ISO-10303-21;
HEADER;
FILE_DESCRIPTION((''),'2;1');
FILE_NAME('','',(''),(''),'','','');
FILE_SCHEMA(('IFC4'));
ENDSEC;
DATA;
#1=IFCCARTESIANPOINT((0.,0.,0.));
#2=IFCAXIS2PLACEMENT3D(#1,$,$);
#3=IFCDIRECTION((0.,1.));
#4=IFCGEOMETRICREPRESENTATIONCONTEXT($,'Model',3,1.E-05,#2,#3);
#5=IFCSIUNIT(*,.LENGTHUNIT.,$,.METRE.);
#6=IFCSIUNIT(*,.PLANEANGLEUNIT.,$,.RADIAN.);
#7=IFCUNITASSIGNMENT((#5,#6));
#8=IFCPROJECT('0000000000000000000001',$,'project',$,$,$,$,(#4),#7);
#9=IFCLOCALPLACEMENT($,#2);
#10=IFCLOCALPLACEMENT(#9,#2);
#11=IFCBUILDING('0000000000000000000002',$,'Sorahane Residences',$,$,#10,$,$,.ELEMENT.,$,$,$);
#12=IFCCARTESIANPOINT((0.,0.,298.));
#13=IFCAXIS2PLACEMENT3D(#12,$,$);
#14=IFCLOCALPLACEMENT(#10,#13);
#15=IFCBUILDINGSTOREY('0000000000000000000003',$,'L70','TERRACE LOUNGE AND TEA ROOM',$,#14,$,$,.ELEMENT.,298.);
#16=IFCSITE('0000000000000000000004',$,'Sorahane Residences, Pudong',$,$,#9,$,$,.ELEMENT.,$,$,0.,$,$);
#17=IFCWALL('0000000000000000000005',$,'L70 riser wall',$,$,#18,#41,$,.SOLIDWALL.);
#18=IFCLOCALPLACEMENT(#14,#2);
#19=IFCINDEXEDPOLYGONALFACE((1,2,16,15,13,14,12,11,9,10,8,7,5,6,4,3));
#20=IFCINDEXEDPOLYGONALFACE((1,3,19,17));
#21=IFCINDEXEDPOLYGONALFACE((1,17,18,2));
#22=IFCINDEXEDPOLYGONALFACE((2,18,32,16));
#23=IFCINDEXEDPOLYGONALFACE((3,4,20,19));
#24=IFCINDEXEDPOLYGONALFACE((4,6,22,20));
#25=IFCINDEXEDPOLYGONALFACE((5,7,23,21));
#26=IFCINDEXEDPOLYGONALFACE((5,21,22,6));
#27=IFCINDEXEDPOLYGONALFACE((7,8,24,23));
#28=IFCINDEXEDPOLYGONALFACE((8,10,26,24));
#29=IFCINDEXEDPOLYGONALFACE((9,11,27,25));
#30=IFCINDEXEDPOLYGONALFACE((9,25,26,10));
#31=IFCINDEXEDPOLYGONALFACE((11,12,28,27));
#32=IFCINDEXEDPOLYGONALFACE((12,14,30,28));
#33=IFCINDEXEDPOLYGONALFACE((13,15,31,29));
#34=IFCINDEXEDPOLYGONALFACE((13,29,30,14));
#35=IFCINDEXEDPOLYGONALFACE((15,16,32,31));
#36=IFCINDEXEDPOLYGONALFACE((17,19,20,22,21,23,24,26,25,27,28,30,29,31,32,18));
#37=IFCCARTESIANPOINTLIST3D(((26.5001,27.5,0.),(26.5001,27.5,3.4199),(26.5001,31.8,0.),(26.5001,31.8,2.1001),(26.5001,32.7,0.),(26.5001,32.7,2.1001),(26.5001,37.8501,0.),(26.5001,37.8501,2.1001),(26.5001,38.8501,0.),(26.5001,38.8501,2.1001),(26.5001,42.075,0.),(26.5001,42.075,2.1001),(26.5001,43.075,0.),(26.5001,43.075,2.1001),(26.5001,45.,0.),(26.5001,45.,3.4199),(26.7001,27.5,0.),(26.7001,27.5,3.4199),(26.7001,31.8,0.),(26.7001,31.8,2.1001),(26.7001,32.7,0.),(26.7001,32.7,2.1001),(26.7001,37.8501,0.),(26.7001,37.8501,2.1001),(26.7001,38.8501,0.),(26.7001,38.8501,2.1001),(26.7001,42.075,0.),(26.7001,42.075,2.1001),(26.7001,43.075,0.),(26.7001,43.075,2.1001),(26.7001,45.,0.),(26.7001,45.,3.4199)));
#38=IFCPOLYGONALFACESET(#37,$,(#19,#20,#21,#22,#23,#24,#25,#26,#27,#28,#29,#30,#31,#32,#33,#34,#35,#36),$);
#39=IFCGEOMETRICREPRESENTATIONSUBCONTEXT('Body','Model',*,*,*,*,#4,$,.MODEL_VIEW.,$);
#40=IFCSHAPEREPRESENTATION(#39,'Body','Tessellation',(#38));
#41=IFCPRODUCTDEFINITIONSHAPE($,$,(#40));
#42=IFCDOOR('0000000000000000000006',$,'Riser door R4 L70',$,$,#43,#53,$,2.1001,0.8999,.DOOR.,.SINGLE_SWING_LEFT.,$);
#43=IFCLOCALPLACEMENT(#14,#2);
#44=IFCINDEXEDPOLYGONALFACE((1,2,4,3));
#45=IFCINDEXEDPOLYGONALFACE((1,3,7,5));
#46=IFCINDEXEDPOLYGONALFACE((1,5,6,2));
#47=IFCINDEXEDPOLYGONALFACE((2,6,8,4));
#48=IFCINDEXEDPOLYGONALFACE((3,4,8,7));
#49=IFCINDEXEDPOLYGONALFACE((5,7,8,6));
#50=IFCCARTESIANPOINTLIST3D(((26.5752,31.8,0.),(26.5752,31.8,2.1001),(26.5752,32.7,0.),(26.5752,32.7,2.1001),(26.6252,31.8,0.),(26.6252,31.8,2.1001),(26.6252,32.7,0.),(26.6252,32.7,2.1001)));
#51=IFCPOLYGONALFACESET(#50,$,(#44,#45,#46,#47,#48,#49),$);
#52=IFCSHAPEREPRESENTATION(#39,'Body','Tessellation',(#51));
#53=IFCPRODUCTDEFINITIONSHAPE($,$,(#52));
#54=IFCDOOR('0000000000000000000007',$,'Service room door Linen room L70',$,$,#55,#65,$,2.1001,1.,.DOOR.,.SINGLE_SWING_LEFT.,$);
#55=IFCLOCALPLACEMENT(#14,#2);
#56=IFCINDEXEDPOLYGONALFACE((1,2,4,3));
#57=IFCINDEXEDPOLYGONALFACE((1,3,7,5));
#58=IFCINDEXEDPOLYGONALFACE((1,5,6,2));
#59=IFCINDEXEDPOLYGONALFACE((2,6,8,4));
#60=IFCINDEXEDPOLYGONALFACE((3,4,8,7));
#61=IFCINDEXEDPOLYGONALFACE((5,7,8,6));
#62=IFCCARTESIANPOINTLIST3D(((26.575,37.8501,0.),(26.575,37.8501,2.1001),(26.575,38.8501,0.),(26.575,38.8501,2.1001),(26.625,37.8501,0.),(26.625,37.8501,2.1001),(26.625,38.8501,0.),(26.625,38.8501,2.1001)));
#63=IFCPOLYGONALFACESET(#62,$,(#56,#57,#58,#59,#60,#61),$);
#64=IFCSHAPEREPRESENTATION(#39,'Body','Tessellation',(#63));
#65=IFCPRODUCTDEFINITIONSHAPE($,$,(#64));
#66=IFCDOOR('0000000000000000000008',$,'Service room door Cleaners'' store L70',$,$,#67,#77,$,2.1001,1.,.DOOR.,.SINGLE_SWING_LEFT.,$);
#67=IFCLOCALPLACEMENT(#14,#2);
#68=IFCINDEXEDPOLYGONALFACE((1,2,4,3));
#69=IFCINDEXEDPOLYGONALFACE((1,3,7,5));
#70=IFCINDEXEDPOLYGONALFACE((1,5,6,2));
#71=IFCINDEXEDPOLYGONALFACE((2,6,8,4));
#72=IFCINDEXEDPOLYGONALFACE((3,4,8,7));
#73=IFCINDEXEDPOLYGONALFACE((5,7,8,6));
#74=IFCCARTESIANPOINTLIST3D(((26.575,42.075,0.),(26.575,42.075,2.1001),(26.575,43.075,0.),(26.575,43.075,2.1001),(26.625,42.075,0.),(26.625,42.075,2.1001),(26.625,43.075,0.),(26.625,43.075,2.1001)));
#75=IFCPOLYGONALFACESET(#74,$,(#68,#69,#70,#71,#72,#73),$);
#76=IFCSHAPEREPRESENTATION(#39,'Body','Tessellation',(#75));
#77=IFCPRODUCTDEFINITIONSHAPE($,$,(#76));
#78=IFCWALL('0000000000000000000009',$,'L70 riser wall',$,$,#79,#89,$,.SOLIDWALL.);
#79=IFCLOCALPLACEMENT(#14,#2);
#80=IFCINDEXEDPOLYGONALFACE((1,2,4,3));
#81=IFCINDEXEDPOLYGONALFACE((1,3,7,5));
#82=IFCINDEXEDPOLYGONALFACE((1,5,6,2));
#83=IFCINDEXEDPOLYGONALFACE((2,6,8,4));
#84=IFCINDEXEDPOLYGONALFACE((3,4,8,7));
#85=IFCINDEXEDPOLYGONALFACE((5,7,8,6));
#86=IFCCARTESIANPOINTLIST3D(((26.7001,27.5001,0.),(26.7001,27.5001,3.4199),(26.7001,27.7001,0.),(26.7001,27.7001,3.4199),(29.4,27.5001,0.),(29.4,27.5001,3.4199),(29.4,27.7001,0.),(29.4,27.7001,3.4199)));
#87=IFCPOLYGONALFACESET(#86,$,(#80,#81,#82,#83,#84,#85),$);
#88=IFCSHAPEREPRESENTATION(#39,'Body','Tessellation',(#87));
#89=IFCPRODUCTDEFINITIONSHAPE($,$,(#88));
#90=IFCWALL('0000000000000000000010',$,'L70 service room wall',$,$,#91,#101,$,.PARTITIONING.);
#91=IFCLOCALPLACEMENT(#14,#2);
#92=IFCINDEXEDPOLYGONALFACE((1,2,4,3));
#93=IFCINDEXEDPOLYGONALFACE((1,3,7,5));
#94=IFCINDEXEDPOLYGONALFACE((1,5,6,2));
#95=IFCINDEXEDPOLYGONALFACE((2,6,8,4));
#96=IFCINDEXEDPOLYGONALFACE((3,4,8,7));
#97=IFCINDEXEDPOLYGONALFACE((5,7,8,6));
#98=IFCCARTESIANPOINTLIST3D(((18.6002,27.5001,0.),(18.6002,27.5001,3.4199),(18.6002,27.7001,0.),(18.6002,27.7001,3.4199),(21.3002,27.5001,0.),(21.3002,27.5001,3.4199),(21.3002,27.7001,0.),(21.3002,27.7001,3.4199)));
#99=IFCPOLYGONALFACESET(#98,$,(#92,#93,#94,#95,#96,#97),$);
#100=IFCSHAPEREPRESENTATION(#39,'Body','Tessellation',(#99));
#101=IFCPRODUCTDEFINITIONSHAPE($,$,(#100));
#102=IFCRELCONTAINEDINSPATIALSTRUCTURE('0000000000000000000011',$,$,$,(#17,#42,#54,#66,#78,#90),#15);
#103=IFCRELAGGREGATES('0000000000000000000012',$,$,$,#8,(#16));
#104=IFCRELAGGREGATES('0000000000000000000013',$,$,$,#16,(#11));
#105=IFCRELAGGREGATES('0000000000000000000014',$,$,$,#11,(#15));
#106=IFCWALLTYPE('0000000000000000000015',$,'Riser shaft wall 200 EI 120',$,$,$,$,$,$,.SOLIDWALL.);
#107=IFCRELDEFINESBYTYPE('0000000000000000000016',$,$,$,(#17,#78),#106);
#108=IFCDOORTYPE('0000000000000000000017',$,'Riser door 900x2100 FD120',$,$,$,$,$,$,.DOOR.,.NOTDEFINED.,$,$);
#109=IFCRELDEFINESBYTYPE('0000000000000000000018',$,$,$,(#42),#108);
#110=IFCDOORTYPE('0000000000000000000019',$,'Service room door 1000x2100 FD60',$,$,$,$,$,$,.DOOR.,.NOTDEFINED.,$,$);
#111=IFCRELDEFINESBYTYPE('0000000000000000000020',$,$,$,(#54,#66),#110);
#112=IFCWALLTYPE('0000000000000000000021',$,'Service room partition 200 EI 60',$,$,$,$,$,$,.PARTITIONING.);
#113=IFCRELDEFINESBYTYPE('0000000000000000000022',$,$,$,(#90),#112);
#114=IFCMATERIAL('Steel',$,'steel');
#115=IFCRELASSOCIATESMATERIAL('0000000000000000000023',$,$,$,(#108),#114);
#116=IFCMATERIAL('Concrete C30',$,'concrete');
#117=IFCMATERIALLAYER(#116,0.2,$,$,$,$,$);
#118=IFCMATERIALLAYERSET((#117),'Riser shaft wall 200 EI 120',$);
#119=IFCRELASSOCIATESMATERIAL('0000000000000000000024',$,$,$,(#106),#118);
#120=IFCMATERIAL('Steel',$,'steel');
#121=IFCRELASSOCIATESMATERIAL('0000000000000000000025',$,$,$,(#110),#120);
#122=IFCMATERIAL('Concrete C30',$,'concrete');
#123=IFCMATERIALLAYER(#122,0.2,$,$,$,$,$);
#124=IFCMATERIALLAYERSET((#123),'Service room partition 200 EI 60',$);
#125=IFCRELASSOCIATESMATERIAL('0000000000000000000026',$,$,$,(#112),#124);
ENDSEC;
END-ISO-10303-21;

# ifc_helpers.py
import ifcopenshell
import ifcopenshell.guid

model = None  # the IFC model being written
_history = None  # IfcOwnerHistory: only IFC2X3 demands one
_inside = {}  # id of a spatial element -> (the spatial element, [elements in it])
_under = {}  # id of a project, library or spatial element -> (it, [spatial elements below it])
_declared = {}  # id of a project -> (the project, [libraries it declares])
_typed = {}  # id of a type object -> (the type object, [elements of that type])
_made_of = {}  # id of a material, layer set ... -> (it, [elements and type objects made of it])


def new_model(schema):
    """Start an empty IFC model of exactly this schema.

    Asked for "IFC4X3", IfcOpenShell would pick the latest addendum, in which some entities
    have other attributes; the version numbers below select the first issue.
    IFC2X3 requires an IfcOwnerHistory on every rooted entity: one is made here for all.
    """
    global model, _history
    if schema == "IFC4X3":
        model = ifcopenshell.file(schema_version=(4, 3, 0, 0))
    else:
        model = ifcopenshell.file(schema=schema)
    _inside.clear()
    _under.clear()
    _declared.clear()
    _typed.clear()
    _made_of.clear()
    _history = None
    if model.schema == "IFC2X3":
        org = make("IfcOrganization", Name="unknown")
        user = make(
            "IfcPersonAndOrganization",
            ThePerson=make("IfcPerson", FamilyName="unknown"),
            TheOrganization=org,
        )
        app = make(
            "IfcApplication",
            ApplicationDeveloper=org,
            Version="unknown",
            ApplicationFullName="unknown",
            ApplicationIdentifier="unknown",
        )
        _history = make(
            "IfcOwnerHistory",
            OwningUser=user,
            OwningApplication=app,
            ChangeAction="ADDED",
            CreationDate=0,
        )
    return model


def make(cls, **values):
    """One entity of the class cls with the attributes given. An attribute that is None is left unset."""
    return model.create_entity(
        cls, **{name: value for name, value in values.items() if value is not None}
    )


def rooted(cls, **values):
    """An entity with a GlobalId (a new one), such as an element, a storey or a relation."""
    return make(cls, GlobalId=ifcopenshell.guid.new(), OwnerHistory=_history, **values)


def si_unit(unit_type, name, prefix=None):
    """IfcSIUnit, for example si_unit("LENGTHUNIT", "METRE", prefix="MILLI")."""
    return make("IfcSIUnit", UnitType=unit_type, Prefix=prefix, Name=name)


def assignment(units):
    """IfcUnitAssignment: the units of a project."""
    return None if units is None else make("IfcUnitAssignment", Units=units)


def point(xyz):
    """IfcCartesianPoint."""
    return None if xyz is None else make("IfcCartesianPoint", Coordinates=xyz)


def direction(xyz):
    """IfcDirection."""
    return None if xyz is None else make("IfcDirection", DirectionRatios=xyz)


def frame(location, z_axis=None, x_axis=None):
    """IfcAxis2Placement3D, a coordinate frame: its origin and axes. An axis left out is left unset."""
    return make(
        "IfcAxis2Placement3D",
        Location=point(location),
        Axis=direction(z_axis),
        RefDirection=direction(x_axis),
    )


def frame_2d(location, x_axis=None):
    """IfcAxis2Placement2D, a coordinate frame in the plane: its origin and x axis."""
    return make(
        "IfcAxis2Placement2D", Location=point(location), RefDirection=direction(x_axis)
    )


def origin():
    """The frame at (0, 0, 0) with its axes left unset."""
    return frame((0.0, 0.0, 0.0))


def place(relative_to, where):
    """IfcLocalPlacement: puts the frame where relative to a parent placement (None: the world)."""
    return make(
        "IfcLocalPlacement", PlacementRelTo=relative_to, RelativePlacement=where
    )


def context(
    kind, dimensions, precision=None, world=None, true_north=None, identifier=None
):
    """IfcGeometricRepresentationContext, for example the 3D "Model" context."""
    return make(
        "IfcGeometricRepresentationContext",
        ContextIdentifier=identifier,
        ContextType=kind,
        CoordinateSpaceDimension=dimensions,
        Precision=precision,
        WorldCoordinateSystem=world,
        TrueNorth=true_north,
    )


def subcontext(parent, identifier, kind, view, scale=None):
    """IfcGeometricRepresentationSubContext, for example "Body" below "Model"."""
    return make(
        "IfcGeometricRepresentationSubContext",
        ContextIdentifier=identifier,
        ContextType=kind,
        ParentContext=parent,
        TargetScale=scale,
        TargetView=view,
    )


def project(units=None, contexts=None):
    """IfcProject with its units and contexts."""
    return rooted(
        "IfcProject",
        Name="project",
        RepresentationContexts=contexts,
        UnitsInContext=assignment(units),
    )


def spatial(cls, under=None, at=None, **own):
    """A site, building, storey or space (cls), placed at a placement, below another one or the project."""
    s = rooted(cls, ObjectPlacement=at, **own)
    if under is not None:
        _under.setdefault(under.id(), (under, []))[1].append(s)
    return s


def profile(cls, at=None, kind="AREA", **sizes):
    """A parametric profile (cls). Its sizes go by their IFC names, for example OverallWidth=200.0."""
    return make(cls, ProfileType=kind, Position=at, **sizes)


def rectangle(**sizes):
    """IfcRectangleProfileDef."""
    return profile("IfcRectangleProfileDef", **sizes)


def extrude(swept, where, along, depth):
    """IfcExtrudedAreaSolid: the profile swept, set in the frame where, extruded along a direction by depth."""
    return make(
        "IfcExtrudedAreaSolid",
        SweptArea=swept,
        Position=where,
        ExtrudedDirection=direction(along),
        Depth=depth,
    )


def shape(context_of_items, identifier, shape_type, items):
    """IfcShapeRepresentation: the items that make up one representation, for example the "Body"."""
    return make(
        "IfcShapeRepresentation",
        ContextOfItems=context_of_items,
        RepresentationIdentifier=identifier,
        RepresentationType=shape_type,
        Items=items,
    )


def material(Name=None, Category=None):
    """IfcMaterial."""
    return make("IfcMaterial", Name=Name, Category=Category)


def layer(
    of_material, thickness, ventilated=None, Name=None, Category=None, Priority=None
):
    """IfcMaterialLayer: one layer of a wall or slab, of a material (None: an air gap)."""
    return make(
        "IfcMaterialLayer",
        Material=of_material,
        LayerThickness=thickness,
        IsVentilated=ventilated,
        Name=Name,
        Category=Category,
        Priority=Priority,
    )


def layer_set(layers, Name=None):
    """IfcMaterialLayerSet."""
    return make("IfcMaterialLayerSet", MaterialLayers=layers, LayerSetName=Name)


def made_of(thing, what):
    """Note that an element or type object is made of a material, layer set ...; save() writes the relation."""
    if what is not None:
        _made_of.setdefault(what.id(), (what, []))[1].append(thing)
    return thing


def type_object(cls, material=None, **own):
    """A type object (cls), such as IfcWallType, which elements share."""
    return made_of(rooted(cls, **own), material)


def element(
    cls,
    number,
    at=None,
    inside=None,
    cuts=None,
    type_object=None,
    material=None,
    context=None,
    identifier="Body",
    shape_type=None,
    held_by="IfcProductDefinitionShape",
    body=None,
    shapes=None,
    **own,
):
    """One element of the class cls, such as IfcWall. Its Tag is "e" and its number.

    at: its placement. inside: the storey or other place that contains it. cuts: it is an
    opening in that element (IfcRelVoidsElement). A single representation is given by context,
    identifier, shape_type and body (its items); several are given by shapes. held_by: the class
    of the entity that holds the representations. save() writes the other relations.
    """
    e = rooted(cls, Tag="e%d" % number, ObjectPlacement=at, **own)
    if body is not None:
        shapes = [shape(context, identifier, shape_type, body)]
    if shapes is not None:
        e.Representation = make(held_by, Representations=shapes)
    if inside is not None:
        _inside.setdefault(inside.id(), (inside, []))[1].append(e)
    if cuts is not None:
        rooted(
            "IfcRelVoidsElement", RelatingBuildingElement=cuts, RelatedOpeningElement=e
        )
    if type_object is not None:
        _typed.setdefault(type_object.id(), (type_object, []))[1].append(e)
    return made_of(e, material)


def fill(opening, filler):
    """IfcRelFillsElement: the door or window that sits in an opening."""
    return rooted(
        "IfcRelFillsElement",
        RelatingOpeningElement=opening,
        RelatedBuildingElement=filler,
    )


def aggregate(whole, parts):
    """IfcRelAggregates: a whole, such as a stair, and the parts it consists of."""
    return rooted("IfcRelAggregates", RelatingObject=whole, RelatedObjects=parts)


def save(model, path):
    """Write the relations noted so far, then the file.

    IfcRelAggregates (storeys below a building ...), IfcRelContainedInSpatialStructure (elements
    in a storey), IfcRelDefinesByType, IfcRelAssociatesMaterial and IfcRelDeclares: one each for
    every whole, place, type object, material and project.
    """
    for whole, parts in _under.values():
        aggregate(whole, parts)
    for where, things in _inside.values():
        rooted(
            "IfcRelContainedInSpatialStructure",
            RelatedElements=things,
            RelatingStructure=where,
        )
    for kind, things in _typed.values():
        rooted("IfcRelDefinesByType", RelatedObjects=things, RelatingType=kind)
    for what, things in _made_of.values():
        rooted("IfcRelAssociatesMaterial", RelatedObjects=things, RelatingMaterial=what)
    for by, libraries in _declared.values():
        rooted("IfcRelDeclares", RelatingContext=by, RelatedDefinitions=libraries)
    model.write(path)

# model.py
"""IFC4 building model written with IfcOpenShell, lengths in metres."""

from ifc_helpers import new_model, si_unit, direction, frame, frame_2d, origin, place, context, subcontext, project, spatial, rectangle, extrude, material, layer, layer_set, type_object, element, fill, save


model = new_model("IFC4")

# Units and contexts
model_context = context("Model", 3, precision=1e-05, world=origin(), true_north=direction((0.0, 1.0)))
body_context = subcontext(model_context, "Body", "Model", "MODEL_VIEW")
ifc_project = project(units=[si_unit("LENGTHUNIT", "METRE"), si_unit("PLANEANGLEUNIT", "RADIAN")], contexts=[model_context])

# Site, building, storey
site_placement = place(None, origin())
site = spatial("IfcSite", under=ifc_project, at=site_placement, Name="Sorahane Residences, Pudong", CompositionType="ELEMENT", RefElevation=0.0)
building_placement = place(site_placement, origin())
building = spatial("IfcBuilding", under=site, at=building_placement, Name="Sorahane Residences", CompositionType="ELEMENT")
storey_placement = place(building_placement, frame((0.0, 0.0, 298.0)))
storey = spatial("IfcBuildingStorey", under=building, at=storey_placement, Name="L70", Description="TERRACE LOUNGE AND TEA ROOM", CompositionType="ELEMENT", Elevation=298.0)

# Shared definitions
ifc_material_1 = material(Name="Steel", Category="steel")
door_type_1 = type_object("IfcDoorType", Name="Riser door 900x2100 FD120", OperationType="NOTDEFINED", PredefinedType="DOOR", material=ifc_material_1)

# Wall, openings, doors
ifc_material_2 = material(Name="Concrete C30", Category="concrete")
ifc_layer_1 = layer(ifc_material_2, 0.2)
ifc_layer_set_1 = layer_set([ifc_layer_1], Name="Riser shaft wall 200 EI 120")
wall_type_1 = type_object("IfcWallType", Name="Riser shaft wall 200 EI 120", PredefinedType="SOLIDWALL", material=ifc_layer_set_1)
wall_1_placement = place(storey_placement, frame((26.6001, 27.5, 0.0), z_axis=(0.0, 0.0, 1.0), x_axis=(0.0, 1.0, 0.0)))
wall_1 = element("IfcWall", 1, at=wall_1_placement, inside=storey, type_object=wall_type_1, Name="L70 riser wall", PredefinedType="SOLIDWALL", context=body_context, shape_type="SweptSolid", body=[
    extrude(rectangle(XDim=17.5, YDim=0.2, at=frame_2d((8.75, 0.0))), origin(), (0.0, 0.0, 1.0), 3.4199),
])
opening_1_placement = place(wall_1_placement, frame((4.3, 0.0, 0.0)))
opening_1 = element("IfcOpeningElement", 2, at=opening_1_placement, cuts=wall_1, PredefinedType="OPENING", context=body_context, shape_type="SweptSolid", body=[
    extrude(rectangle(XDim=0.8999, YDim=2.1001, at=frame_2d((0.45, 1.05))), frame((0.0, 0.1099, 0.0), z_axis=(0.0, -1.0, 0.0), x_axis=(1.0, 0.0, 0.0)), (0.0, 0.0, 1.0), 0.22),
])
opening_2_placement = place(wall_1_placement, frame((10.3501, 0.0, 0.0)))
opening_2 = element("IfcOpeningElement", 3, at=opening_2_placement, cuts=wall_1, PredefinedType="OPENING", context=body_context, shape_type="SweptSolid", body=[
    extrude(rectangle(XDim=1.0, YDim=2.1001, at=frame_2d((0.5, 1.05))), frame((0.0, 0.1099, 0.0), z_axis=(0.0, -1.0, 0.0), x_axis=(1.0, 0.0, 0.0)), (0.0, 0.0, 1.0), 0.22),
])
opening_3_placement = place(wall_1_placement, frame((14.575, 0.0, 0.0)))
opening_3 = element("IfcOpeningElement", 4, at=opening_3_placement, cuts=wall_1, PredefinedType="OPENING", context=body_context, shape_type="SweptSolid", body=[
    extrude(rectangle(XDim=1.0, YDim=2.1001, at=frame_2d((0.5, 1.05))), frame((0.0, 0.1099, 0.0), z_axis=(0.0, -1.0, 0.0), x_axis=(1.0, 0.0, 0.0)), (0.0, 0.0, 1.0), 0.22),
])
door_1_placement = place(opening_1_placement, origin())
door_1 = element("IfcDoor", 5, at=door_1_placement, inside=storey, type_object=door_type_1, Name="Riser door R4 L70", OperationType="SINGLE_SWING_LEFT", OverallHeight=2.1001, OverallWidth=0.8999, PredefinedType="DOOR", context=body_context, shape_type="SweptSolid", body=[
    extrude(rectangle(XDim=0.8999, YDim=2.1001, at=frame_2d((0.45, 1.05))), frame((0.0, 0.0249, 0.0), z_axis=(0.0, -1.0, 0.0), x_axis=(1.0, 0.0, 0.0)), (0.0, 0.0, 1.0), 0.05),
])
fill(opening_1, door_1)
ifc_material_3 = material(Name="Steel", Category="steel")
door_type_2 = type_object("IfcDoorType", Name="Service room door 1000x2100 FD60", OperationType="NOTDEFINED", PredefinedType="DOOR", material=ifc_material_3)
door_2_placement = place(opening_2_placement, frame((1.0, 0.0, 0.0), z_axis=(0.0, 0.0, 1.0), x_axis=(-1.0, 0.0, 0.0)))
door_2 = element("IfcDoor", 6, at=door_2_placement, inside=storey, type_object=door_type_2, Name="Service room door Linen room L70", OperationType="SINGLE_SWING_LEFT", OverallHeight=2.1001, OverallWidth=1.0, PredefinedType="DOOR", context=body_context, shape_type="SweptSolid", body=[
    extrude(rectangle(XDim=1.0, YDim=2.1001, at=frame_2d((0.5, 1.05))), frame((0.0, 0.0249, 0.0), z_axis=(0.0, -1.0, 0.0), x_axis=(1.0, 0.0, 0.0)), (0.0, 0.0, 1.0), 0.05),
])
fill(opening_2, door_2)
door_3_placement = place(opening_3_placement, frame((1.0, 0.0, 0.0), z_axis=(0.0, 0.0, 1.0), x_axis=(-1.0, 0.0, 0.0)))
door_3 = element("IfcDoor", 7, at=door_3_placement, inside=storey, type_object=door_type_2, Name="Service room door Cleaners' store L70", OperationType="SINGLE_SWING_LEFT", OverallHeight=2.1001, OverallWidth=1.0, PredefinedType="DOOR", context=body_context, shape_type="SweptSolid", body=[
    extrude(rectangle(XDim=1.0, YDim=2.1001, at=frame_2d((0.5, 1.05))), frame((0.0, 0.0249, 0.0), z_axis=(0.0, -1.0, 0.0), x_axis=(1.0, 0.0, 0.0)), (0.0, 0.0, 1.0), 0.05),
])
fill(opening_3, door_3)

# Walls
wall_2_placement = place(storey_placement, frame((26.7, 27.6001, 0.0), z_axis=(0.0, 0.0, 1.0), x_axis=(1.0, 0.0, 0.0)))
element("IfcWall", 8, at=wall_2_placement, inside=storey, type_object=wall_type_1, Name="L70 riser wall", PredefinedType="SOLIDWALL", context=body_context, shape_type="SweptSolid", body=[
    extrude(rectangle(XDim=2.7, YDim=0.2, at=frame_2d((1.3501, 0.0))), origin(), (0.0, 0.0, 1.0), 3.4199),
])
ifc_material_4 = material(Name="Concrete C30", Category="concrete")
ifc_layer_2 = layer(ifc_material_4, 0.2)
ifc_layer_set_2 = layer_set([ifc_layer_2], Name="Service room partition 200 EI 60")
wall_type_2 = type_object("IfcWallType", Name="Service room partition 200 EI 60", PredefinedType="PARTITIONING", material=ifc_layer_set_2)
wall_3_placement = place(storey_placement, frame((18.6001, 27.6001, 0.0), z_axis=(0.0, 0.0, 1.0), x_axis=(1.0, 0.0, 0.0)))
element("IfcWall", 9, at=wall_3_placement, inside=storey, type_object=wall_type_2, Name="L70 service room wall", PredefinedType="PARTITIONING", context=body_context, shape_type="SweptSolid", body=[
    extrude(rectangle(XDim=2.7, YDim=0.2, at=frame_2d((1.3501, 0.0))), origin(), (0.0, 0.0, 1.0), 3.4199),
])

save(model, "model.ifc")
